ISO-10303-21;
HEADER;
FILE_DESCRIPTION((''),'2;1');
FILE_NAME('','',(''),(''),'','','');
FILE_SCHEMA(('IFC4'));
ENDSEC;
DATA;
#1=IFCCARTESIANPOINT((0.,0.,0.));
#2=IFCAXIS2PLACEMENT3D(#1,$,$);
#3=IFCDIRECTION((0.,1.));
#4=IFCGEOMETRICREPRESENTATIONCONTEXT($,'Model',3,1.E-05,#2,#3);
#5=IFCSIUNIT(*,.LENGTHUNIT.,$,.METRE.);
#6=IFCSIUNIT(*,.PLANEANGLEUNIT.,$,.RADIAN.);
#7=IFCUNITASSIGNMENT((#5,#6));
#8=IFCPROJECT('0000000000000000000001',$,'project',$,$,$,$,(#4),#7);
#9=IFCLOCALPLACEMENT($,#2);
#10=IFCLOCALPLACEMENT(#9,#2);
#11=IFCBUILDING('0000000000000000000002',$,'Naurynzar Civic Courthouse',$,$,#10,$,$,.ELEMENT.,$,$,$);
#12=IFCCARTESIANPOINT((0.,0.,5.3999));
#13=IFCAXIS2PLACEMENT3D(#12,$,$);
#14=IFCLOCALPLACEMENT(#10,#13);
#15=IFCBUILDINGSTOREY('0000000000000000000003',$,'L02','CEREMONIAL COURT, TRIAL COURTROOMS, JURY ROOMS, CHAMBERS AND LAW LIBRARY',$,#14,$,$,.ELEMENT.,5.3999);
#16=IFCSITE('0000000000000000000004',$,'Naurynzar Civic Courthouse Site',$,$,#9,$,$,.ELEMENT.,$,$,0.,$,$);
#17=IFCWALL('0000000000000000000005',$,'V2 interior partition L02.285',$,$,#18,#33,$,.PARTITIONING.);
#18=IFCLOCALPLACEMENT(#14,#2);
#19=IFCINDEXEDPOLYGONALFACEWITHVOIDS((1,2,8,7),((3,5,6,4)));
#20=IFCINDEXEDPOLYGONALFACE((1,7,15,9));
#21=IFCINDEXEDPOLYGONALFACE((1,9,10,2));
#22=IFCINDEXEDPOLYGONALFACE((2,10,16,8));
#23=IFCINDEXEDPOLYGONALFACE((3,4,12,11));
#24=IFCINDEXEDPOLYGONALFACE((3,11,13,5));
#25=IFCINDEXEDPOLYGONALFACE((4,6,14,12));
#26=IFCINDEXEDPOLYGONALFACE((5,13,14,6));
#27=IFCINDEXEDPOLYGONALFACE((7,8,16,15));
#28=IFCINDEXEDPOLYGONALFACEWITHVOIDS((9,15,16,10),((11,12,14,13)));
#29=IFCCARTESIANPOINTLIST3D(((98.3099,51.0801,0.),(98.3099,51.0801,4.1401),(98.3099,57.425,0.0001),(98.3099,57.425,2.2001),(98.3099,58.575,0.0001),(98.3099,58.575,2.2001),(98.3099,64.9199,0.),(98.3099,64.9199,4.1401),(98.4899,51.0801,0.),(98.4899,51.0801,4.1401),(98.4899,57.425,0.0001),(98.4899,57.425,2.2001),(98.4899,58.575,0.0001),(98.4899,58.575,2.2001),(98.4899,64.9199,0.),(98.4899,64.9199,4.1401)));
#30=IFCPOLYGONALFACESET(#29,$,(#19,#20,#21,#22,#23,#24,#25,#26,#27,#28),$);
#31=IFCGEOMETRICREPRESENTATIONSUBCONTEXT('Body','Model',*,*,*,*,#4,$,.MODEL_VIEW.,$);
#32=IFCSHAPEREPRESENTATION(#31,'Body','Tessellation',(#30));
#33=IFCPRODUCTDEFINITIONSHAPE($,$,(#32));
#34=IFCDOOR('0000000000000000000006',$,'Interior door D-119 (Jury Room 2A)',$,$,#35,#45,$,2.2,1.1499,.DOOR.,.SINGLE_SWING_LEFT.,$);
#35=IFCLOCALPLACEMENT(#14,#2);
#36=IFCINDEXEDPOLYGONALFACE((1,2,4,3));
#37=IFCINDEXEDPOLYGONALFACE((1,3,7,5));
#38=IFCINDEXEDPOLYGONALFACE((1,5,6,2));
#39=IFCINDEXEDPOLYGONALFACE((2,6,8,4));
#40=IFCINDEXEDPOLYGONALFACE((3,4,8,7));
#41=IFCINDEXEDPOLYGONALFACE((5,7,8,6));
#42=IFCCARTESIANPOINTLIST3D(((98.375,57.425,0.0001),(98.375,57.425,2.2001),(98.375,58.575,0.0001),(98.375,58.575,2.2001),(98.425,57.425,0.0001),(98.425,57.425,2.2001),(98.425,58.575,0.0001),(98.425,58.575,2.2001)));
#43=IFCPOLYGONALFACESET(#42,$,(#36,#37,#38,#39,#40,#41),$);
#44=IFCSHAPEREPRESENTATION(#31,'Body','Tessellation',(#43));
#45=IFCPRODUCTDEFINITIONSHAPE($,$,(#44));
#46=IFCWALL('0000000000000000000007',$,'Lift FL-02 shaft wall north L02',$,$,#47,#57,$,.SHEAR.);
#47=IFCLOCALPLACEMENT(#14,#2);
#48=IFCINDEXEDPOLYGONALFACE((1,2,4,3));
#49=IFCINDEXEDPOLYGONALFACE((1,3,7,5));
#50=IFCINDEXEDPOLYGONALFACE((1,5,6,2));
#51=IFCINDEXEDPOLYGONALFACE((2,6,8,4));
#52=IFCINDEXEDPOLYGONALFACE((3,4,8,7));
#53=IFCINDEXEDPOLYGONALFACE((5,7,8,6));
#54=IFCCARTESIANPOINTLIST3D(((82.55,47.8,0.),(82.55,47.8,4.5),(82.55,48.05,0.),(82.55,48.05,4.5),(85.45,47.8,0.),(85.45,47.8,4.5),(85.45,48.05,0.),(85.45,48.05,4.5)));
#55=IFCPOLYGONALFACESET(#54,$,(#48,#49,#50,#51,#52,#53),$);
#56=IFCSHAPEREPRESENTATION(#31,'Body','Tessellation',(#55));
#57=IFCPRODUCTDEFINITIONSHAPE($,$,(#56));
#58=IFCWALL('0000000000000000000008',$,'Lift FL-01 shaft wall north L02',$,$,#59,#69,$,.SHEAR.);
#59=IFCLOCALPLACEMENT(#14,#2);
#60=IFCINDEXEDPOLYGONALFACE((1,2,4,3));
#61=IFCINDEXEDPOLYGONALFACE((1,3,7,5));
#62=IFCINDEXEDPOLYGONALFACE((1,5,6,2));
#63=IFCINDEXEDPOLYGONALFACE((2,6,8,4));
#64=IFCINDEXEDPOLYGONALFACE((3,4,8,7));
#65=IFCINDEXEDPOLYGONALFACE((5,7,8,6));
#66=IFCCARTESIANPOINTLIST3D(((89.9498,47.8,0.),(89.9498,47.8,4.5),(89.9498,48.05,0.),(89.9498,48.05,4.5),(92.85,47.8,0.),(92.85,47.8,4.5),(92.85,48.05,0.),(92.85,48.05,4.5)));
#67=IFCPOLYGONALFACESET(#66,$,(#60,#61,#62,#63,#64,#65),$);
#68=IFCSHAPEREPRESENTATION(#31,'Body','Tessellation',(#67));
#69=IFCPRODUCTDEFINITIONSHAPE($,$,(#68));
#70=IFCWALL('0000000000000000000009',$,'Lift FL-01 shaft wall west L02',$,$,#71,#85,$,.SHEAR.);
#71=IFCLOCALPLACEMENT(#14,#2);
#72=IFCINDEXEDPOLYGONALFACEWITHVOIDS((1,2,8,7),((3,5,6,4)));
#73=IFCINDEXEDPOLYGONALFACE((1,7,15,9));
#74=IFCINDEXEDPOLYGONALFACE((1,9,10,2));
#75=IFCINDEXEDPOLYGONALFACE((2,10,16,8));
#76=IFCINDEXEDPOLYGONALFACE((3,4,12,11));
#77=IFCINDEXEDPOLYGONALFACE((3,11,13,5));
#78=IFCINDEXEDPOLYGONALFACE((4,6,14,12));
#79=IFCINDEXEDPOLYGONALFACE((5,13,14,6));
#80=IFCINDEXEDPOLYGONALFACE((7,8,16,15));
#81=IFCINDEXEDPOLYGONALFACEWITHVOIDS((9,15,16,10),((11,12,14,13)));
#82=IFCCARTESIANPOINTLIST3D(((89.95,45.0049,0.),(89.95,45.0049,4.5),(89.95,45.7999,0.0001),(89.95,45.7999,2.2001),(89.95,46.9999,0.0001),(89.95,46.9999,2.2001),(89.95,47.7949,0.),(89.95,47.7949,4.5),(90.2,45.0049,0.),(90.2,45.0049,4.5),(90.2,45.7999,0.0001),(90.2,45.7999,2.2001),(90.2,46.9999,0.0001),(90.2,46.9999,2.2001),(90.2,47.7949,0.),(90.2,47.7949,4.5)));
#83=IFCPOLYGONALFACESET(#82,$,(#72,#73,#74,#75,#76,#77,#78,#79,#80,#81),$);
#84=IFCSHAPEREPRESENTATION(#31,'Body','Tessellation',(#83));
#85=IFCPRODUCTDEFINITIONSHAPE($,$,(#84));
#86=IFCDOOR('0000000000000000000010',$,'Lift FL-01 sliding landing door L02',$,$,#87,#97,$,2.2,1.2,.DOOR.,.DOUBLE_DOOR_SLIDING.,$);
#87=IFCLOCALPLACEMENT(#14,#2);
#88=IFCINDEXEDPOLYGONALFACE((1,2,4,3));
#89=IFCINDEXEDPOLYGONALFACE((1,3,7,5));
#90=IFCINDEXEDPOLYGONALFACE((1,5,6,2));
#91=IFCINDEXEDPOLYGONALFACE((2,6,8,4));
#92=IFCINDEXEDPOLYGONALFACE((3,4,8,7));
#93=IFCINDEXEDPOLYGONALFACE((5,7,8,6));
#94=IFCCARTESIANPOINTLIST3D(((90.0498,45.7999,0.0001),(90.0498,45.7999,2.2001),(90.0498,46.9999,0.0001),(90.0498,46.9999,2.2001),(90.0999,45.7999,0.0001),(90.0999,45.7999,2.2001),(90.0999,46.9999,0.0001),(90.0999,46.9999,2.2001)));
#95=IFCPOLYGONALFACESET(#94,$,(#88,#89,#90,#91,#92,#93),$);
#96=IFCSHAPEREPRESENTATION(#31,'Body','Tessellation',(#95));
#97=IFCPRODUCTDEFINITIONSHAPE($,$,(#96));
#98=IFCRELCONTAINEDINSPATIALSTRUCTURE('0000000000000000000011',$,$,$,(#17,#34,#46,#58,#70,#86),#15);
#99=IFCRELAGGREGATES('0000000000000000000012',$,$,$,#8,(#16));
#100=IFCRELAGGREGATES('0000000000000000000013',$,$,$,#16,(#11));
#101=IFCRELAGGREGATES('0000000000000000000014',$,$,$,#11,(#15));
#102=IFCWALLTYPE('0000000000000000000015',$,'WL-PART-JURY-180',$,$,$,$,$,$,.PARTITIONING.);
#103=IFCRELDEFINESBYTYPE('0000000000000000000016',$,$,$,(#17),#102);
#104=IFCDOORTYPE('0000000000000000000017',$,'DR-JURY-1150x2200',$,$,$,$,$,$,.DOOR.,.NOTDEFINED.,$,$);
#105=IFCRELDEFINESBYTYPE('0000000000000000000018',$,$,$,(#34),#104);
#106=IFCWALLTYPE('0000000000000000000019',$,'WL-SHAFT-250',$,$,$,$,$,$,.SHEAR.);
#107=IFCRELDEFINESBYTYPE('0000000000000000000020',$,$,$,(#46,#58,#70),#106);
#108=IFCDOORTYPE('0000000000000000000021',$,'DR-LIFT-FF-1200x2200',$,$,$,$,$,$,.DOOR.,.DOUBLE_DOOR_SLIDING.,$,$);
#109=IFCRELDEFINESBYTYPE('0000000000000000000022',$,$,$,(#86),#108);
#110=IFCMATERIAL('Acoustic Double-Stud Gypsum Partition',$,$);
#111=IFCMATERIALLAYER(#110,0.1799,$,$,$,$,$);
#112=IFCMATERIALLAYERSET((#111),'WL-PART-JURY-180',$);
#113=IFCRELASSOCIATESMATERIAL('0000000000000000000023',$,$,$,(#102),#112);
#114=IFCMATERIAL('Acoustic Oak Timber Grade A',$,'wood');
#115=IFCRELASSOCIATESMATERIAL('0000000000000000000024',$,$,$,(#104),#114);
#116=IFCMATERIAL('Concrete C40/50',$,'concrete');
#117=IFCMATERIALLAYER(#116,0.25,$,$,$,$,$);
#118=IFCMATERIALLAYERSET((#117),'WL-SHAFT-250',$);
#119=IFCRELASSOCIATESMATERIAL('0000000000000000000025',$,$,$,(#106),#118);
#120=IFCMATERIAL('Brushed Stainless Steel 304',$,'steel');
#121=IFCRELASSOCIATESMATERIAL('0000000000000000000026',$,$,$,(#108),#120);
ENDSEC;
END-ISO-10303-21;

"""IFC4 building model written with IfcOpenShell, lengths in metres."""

from ifc_helpers import new_model, si_unit, direction, frame, frame_2d, origin, place, context, subcontext, project, spatial, rectangle, extrude, material, layer, layer_set, type_object, element, fill, save


model = new_model("IFC4")

# Units and contexts
model_context = context("Model", 3, precision=1e-05, world=origin(), true_north=direction((0.0, 1.0)))
body_context = subcontext(model_context, "Body", "Model", "MODEL_VIEW")
ifc_project = project(units=[si_unit("LENGTHUNIT", "METRE"), si_unit("PLANEANGLEUNIT", "RADIAN")], contexts=[model_context])

# Site, building, storey
site_placement = place(None, origin())
site = spatial("IfcSite", under=ifc_project, at=site_placement, Name="Naurynzar Civic Courthouse Site", CompositionType="ELEMENT", RefElevation=0.0)
building_placement = place(site_placement, origin())
building = spatial("IfcBuilding", under=site, at=building_placement, Name="Naurynzar Civic Courthouse", CompositionType="ELEMENT")
storey_placement = place(building_placement, frame((0.0, 0.0, 5.3999)))
storey = spatial("IfcBuildingStorey", under=building, at=storey_placement, Name="L02", Description="CEREMONIAL COURT, TRIAL COURTROOMS, JURY ROOMS, CHAMBERS AND LAW LIBRARY", CompositionType="ELEMENT", Elevation=5.3999)

# Shared definitions
ifc_material_1 = material(Name="Acoustic Double-Stud Gypsum Partition")
ifc_layer_1 = layer(ifc_material_1, 0.1799)
ifc_layer_set_1 = layer_set([ifc_layer_1], Name="WL-PART-JURY-180")
wall_type_1 = type_object("IfcWallType", Name="WL-PART-JURY-180", PredefinedType="PARTITIONING", material=ifc_layer_set_1)

# Wall, opening, door
wall_1_placement = place(storey_placement, frame((98.3999, 51.0801, 0.0), z_axis=(0.0, 0.0, 1.0), x_axis=(0.0, 1.0, 0.0)))
wall_1 = element("IfcWall", 1, at=wall_1_placement, inside=storey, type_object=wall_type_1, Name="V2 interior partition L02.285", PredefinedType="PARTITIONING", context=body_context, shape_type="SweptSolid", body=[
    extrude(rectangle(XDim=13.8398, YDim=0.1799, at=frame_2d((6.9199, 0.0))), origin(), (0.0, 0.0, 1.0), 4.1401),
])
opening_1_placement = place(wall_1_placement, frame((6.345, 0.0, 0.0)))
opening_1 = element("IfcOpeningElement", 2, at=opening_1_placement, cuts=wall_1, PredefinedType="OPENING", context=body_context, shape_type="SweptSolid", body=[
    extrude(rectangle(XDim=1.1499, YDim=2.2, at=frame_2d((0.575, 1.1001))), frame((0.0, 0.0999, 0.0), z_axis=(0.0, -1.0, 0.0), x_axis=(1.0, 0.0, 0.0)), (0.0, 0.0, 1.0), 0.2),
])
ifc_material_2 = material(Name="Acoustic Oak Timber Grade A", Category="wood")
door_type_1 = type_object("IfcDoorType", Name="DR-JURY-1150x2200", OperationType="NOTDEFINED", PredefinedType="DOOR", material=ifc_material_2)
door_1_placement = place(opening_1_placement, origin())
door_1 = element("IfcDoor", 3, at=door_1_placement, inside=storey, type_object=door_type_1, Name="Interior door D-119 (Jury Room 2A)", OperationType="SINGLE_SWING_LEFT", OverallHeight=2.2, OverallWidth=1.1499, PredefinedType="DOOR", context=body_context, shape_type="SweptSolid", body=[
    extrude(rectangle(XDim=1.1499, YDim=2.2, at=frame_2d((0.575, 1.1001))), frame((0.0, 0.0249, 0.0), z_axis=(0.0, -1.0, 0.0), x_axis=(1.0, 0.0, 0.0)), (0.0, 0.0, 1.0), 0.05),
])
fill(opening_1, door_1)

# Walls
ifc_material_3 = material(Name="Concrete C40/50", Category="concrete")
ifc_layer_2 = layer(ifc_material_3, 0.25)
ifc_layer_set_2 = layer_set([ifc_layer_2], Name="WL-SHAFT-250")
wall_type_2 = type_object("IfcWallType", Name="WL-SHAFT-250", PredefinedType="SHEAR", material=ifc_layer_set_2)
wall_2_placement = place(storey_placement, frame((85.45, 47.925, 0.0), z_axis=(0.0, 0.0, 1.0), x_axis=(-1.0, 0.0, 0.0)))
element("IfcWall", 4, at=wall_2_placement, inside=storey, type_object=wall_type_2, Name="Lift FL-02 shaft wall north L02", PredefinedType="SHEAR", context=body_context, shape_type="SweptSolid", body=[
    extrude(rectangle(XDim=2.8999, YDim=0.25, at=frame_2d((1.45, 0.0))), origin(), (0.0, 0.0, 1.0), 4.5),
])
wall_3_placement = place(storey_placement, frame((92.8501, 47.925, 0.0), z_axis=(0.0, 0.0, 1.0), x_axis=(-1.0, 0.0, 0.0)))
element("IfcWall", 5, at=wall_3_placement, inside=storey, type_object=wall_type_2, Name="Lift FL-01 shaft wall north L02", PredefinedType="SHEAR", context=body_context, shape_type="SweptSolid", body=[
    extrude(rectangle(XDim=2.9001, YDim=0.25, at=frame_2d((1.4502, 0.0))), origin(), (0.0, 0.0, 1.0), 4.5),
])

# Wall, opening, door
wall_4_placement = place(storey_placement, frame((90.075, 47.7949, 0.0), z_axis=(0.0, 0.0, 1.0), x_axis=(0.0, -1.0, 0.0)))
wall_4 = element("IfcWall", 6, at=wall_4_placement, inside=storey, type_object=wall_type_2, Name="Lift FL-01 shaft wall west L02", PredefinedType="SHEAR", context=body_context, shape_type="SweptSolid", body=[
    extrude(rectangle(XDim=2.79, YDim=0.25, at=frame_2d((1.395, 0.0))), origin(), (0.0, 0.0, 1.0), 4.5),
])
opening_2_placement = place(wall_4_placement, frame((0.7949, 0.0, 0.0)))
opening_2 = element("IfcOpeningElement", 7, at=opening_2_placement, cuts=wall_4, PredefinedType="OPENING", context=body_context, shape_type="SweptSolid", body=[
    extrude(rectangle(XDim=1.2, YDim=2.2, at=frame_2d((0.6001, 1.1001))), frame((0.0, 0.135, 0.0), z_axis=(0.0, -1.0, 0.0), x_axis=(1.0, 0.0, 0.0)), (0.0, 0.0, 1.0), 0.27),
])
ifc_material_4 = material(Name="Brushed Stainless Steel 304", Category="steel")
door_type_2 = type_object("IfcDoorType", Name="DR-LIFT-FF-1200x2200", OperationType="DOUBLE_DOOR_SLIDING", PredefinedType="DOOR", material=ifc_material_4)
door_2_placement = place(opening_2_placement, origin())
door_2 = element("IfcDoor", 8, at=door_2_placement, inside=storey, type_object=door_type_2, Name="Lift FL-01 sliding landing door L02", OperationType="DOUBLE_DOOR_SLIDING", OverallHeight=2.2, OverallWidth=1.2, PredefinedType="DOOR", context=body_context, shape_type="SweptSolid", body=[
    extrude(rectangle(XDim=1.2, YDim=2.2, at=frame_2d((0.6001, 1.1001))), frame((0.0, 0.0249, 0.0), z_axis=(0.0, -1.0, 0.0), x_axis=(1.0, 0.0, 0.0)), (0.0, 0.0, 1.0), 0.05),
])
fill(opening_2, door_2)

save(model, "model.ifc")
